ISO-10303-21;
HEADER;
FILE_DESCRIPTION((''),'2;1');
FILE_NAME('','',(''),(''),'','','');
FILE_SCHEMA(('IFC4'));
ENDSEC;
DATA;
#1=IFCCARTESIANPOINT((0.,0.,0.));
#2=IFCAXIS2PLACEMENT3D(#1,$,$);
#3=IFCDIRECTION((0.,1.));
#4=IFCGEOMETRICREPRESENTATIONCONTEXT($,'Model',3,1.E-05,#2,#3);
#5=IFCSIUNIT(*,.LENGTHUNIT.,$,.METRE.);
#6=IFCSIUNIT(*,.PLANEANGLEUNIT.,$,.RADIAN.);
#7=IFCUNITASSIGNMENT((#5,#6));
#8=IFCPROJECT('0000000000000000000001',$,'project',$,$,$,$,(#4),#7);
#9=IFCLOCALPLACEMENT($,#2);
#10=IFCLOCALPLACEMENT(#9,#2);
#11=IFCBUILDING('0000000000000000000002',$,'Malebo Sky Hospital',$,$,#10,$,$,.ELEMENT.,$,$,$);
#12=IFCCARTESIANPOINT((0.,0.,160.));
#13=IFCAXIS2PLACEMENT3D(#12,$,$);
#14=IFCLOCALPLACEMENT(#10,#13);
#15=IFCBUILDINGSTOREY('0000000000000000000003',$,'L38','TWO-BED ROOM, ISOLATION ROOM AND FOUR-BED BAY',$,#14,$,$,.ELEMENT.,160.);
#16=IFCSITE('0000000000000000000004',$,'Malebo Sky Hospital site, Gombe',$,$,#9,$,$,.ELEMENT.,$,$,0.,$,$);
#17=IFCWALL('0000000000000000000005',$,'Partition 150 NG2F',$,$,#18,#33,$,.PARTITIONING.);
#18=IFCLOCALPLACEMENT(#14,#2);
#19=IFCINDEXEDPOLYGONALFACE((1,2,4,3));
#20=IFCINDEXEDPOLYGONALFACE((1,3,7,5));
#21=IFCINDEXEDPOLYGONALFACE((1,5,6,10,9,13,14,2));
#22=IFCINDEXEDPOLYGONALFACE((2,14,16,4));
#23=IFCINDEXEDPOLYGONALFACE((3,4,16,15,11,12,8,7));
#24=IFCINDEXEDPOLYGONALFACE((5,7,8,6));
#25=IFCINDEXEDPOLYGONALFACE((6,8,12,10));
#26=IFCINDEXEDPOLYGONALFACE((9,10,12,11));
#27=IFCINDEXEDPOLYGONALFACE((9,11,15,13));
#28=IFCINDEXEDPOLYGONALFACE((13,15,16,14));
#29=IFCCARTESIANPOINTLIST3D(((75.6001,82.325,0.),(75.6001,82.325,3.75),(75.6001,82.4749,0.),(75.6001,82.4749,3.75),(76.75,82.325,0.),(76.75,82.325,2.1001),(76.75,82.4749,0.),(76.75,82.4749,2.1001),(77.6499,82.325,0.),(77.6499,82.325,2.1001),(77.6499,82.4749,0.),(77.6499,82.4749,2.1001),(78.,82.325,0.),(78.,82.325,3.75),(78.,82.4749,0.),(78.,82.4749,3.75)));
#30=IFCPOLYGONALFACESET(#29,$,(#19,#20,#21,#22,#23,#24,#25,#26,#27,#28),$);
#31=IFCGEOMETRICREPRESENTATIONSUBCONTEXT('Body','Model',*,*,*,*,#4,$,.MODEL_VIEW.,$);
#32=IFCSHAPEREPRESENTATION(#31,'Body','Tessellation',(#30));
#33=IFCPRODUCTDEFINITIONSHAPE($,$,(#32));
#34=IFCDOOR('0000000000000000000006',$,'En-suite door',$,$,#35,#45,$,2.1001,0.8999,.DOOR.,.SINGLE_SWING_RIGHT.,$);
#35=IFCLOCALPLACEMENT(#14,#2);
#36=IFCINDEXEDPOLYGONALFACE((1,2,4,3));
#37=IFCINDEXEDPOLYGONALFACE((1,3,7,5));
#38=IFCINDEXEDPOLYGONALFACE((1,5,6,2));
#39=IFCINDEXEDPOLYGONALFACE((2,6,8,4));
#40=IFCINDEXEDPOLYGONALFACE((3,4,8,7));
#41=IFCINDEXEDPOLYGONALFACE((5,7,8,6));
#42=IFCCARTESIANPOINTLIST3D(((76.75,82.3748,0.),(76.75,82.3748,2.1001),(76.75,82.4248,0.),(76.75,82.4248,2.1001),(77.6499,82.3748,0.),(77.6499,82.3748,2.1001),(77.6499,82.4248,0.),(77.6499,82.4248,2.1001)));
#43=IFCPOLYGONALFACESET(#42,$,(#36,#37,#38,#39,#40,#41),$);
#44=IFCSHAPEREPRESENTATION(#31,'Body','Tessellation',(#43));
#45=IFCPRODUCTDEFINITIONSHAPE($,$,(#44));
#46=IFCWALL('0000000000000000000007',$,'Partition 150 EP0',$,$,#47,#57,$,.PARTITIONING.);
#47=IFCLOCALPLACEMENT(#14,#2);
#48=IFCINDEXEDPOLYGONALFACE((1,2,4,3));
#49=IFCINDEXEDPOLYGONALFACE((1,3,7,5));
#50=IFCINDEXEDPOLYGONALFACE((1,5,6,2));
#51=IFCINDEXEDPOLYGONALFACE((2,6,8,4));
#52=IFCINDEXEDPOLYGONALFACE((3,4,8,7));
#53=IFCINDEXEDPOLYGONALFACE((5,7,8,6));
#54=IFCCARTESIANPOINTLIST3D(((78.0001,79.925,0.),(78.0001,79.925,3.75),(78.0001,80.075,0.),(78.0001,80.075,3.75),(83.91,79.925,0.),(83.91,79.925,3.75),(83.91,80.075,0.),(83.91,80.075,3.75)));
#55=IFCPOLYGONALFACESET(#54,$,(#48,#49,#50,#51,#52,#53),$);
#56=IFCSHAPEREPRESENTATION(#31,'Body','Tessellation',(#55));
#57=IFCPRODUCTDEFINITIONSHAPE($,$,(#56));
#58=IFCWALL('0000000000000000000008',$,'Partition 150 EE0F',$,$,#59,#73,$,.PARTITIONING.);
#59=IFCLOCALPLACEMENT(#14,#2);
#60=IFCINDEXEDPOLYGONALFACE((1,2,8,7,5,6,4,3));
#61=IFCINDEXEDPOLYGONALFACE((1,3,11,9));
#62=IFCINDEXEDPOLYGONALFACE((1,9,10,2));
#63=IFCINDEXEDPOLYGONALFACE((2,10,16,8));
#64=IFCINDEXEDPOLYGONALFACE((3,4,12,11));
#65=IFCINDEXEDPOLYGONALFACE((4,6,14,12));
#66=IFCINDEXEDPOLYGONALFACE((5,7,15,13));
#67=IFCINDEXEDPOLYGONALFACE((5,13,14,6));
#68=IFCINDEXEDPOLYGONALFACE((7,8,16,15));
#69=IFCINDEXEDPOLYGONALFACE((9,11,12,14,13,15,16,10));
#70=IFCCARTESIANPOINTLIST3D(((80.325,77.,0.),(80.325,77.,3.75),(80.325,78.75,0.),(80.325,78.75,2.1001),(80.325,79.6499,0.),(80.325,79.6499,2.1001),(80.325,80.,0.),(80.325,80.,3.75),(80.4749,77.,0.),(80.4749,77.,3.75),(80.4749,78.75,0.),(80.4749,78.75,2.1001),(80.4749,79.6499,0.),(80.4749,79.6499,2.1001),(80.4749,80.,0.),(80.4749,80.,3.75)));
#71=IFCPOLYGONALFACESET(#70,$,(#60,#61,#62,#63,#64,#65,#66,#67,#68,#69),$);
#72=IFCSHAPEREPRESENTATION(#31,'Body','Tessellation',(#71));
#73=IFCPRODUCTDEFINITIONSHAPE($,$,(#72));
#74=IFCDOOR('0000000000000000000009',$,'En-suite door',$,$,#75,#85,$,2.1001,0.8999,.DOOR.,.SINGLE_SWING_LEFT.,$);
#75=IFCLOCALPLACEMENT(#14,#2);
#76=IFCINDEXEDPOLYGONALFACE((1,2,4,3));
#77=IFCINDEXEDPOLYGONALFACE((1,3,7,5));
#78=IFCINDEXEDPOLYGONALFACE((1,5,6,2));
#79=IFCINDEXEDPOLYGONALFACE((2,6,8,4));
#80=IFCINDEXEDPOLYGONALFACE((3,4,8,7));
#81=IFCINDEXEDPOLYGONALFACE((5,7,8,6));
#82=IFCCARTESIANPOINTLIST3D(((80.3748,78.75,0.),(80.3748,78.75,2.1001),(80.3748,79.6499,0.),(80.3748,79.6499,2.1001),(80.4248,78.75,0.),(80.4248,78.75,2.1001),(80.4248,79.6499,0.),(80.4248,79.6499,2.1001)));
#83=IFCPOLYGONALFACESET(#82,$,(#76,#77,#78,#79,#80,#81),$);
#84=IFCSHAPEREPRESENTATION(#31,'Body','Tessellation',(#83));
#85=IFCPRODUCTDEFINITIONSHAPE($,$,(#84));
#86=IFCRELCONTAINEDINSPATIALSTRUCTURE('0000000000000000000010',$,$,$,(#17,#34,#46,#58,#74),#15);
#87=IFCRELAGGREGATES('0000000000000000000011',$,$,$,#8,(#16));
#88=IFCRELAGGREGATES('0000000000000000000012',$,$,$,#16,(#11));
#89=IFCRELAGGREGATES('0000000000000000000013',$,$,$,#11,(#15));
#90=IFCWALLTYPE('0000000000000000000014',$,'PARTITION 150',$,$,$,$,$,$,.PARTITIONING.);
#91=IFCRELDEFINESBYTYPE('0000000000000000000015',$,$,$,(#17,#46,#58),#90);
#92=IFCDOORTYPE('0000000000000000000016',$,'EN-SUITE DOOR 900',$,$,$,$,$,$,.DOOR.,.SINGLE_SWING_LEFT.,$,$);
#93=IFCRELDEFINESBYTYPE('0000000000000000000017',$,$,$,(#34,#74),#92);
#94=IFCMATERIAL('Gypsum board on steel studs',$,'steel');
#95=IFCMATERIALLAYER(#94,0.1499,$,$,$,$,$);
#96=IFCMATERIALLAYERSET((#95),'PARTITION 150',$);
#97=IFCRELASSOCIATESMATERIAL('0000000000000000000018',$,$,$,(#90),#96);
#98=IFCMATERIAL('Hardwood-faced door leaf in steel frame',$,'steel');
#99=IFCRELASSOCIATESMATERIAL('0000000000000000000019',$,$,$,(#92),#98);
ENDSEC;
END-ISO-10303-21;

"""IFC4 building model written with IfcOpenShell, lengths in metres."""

from ifc_helpers import new_model, si_unit, direction, frame, frame_2d, origin, place, context, subcontext, project, spatial, rectangle, extrude, material, layer, layer_set, type_object, element, fill, save


model = new_model("IFC4")

# Units and contexts
model_context = context("Model", 3, precision=1e-05, world=origin(), true_north=direction((0.0, 1.0)))
body_context = subcontext(model_context, "Body", "Model", "MODEL_VIEW")
ifc_project = project(units=[si_unit("LENGTHUNIT", "METRE"), si_unit("PLANEANGLEUNIT", "RADIAN")], contexts=[model_context])

# Site, building, storey
site_placement = place(None, origin())
site = spatial("IfcSite", under=ifc_project, at=site_placement, Name="Malebo Sky Hospital site, Gombe", CompositionType="ELEMENT", RefElevation=0.0)
building_placement = place(site_placement, origin())
building = spatial("IfcBuilding", under=site, at=building_placement, Name="Malebo Sky Hospital", CompositionType="ELEMENT")
storey_placement = place(building_placement, frame((0.0, 0.0, 160.0)))
storey = spatial("IfcBuildingStorey", under=building, at=storey_placement, Name="L38", Description="TWO-BED ROOM, ISOLATION ROOM AND FOUR-BED BAY", CompositionType="ELEMENT", Elevation=160.0)

# Wall, opening, door
ifc_material_1 = material(Name="Gypsum board on steel studs", Category="steel")
ifc_layer_1 = layer(ifc_material_1, 0.1499)
ifc_layer_set_1 = layer_set([ifc_layer_1], Name="PARTITION 150")
wall_type_1 = type_object("IfcWallType", Name="PARTITION 150", PredefinedType="PARTITIONING", material=ifc_layer_set_1)
wall_1_placement = place(storey_placement, frame((75.6001, 82.3999, 0.0), z_axis=(0.0, 0.0, 1.0), x_axis=(1.0, 0.0, 0.0)))
wall_1 = element("IfcWall", 1, at=wall_1_placement, inside=storey, type_object=wall_type_1, Name="Partition 150 NG2F", PredefinedType="PARTITIONING", context=body_context, shape_type="SweptSolid", body=[
    extrude(rectangle(XDim=2.3999, YDim=0.1499, at=frame_2d((1.2, 0.0))), origin(), (0.0, 0.0, 1.0), 3.75),
])
opening_1_placement = place(wall_1_placement, frame((1.1499, 0.0, 0.0)))
opening_1 = element("IfcOpeningElement", 2, at=opening_1_placement, cuts=wall_1, PredefinedType="OPENING", context=body_context, shape_type="SweptSolid", body=[
    extrude(rectangle(XDim=0.8999, YDim=2.1001, at=frame_2d((0.45, 1.05))), frame((0.0, 0.085, 0.0), z_axis=(0.0, -1.0, 0.0), x_axis=(1.0, 0.0, 0.0)), (0.0, 0.0, 1.0), 0.1699),
])
ifc_material_2 = material(Name="Hardwood-faced door leaf in steel frame", Category="steel")
door_type = type_object("IfcDoorType", Name="EN-SUITE DOOR 900", OperationType="SINGLE_SWING_LEFT", PredefinedType="DOOR", material=ifc_material_2)
door_1_placement = place(opening_1_placement, origin())
door_1 = element("IfcDoor", 3, at=door_1_placement, inside=storey, type_object=door_type, Name="En-suite door", OperationType="SINGLE_SWING_RIGHT", OverallHeight=2.1001, OverallWidth=0.8999, PredefinedType="DOOR", context=body_context, shape_type="SweptSolid", body=[
    extrude(rectangle(XDim=0.8999, YDim=2.1001, at=frame_2d((0.45, 1.05))), frame((0.0, 0.0249, 0.0), z_axis=(0.0, -1.0, 0.0), x_axis=(1.0, 0.0, 0.0)), (0.0, 0.0, 1.0), 0.05),
])
fill(opening_1, door_1)

# Wall
wall_2_placement = place(storey_placement, frame((78.0, 80.0, 0.0), z_axis=(0.0, 0.0, 1.0), x_axis=(1.0, 0.0, 0.0)))
element("IfcWall", 4, at=wall_2_placement, inside=storey, type_object=wall_type_1, Name="Partition 150 EP0", PredefinedType="PARTITIONING", context=body_context, shape_type="SweptSolid", body=[
    extrude(rectangle(XDim=5.9099, YDim=0.1499, at=frame_2d((2.9551, 0.0))), origin(), (0.0, 0.0, 1.0), 3.75),
])

# Wall, opening, door
wall_3_placement = place(storey_placement, frame((80.3999, 80.0, 0.0), z_axis=(0.0, 0.0, 1.0), x_axis=(0.0, -1.0, 0.0)))
wall_3 = element("IfcWall", 5, at=wall_3_placement, inside=storey, type_object=wall_type_1, Name="Partition 150 EE0F", PredefinedType="PARTITIONING", context=body_context, shape_type="SweptSolid", body=[
    extrude(rectangle(XDim=3.0, YDim=0.1499, at=frame_2d((1.5, 0.0))), origin(), (0.0, 0.0, 1.0), 3.75),
])
opening_2_placement = place(wall_3_placement, frame((0.3501, 0.0, 0.0)))
opening_2 = element("IfcOpeningElement", 6, at=opening_2_placement, cuts=wall_3, PredefinedType="OPENING", context=body_context, shape_type="SweptSolid", body=[
    extrude(rectangle(XDim=0.8999, YDim=2.1001, at=frame_2d((0.45, 1.05))), frame((0.0, 0.085, 0.0), z_axis=(0.0, -1.0, 0.0), x_axis=(1.0, 0.0, 0.0)), (0.0, 0.0, 1.0), 0.1699),
])
door_2_placement = place(opening_2_placement, origin())
door_2 = element("IfcDoor", 7, at=door_2_placement, inside=storey, type_object=door_type, Name="En-suite door", OperationType="SINGLE_SWING_LEFT", OverallHeight=2.1001, OverallWidth=0.8999, PredefinedType="DOOR", context=body_context, shape_type="SweptSolid", body=[
    extrude(rectangle(XDim=0.8999, YDim=2.1001, at=frame_2d((0.45, 1.05))), frame((0.0, 0.0249, 0.0), z_axis=(0.0, -1.0, 0.0), x_axis=(1.0, 0.0, 0.0)), (0.0, 0.0, 1.0), 0.05),
])
fill(opening_2, door_2)

save(model, "model.ifc")
